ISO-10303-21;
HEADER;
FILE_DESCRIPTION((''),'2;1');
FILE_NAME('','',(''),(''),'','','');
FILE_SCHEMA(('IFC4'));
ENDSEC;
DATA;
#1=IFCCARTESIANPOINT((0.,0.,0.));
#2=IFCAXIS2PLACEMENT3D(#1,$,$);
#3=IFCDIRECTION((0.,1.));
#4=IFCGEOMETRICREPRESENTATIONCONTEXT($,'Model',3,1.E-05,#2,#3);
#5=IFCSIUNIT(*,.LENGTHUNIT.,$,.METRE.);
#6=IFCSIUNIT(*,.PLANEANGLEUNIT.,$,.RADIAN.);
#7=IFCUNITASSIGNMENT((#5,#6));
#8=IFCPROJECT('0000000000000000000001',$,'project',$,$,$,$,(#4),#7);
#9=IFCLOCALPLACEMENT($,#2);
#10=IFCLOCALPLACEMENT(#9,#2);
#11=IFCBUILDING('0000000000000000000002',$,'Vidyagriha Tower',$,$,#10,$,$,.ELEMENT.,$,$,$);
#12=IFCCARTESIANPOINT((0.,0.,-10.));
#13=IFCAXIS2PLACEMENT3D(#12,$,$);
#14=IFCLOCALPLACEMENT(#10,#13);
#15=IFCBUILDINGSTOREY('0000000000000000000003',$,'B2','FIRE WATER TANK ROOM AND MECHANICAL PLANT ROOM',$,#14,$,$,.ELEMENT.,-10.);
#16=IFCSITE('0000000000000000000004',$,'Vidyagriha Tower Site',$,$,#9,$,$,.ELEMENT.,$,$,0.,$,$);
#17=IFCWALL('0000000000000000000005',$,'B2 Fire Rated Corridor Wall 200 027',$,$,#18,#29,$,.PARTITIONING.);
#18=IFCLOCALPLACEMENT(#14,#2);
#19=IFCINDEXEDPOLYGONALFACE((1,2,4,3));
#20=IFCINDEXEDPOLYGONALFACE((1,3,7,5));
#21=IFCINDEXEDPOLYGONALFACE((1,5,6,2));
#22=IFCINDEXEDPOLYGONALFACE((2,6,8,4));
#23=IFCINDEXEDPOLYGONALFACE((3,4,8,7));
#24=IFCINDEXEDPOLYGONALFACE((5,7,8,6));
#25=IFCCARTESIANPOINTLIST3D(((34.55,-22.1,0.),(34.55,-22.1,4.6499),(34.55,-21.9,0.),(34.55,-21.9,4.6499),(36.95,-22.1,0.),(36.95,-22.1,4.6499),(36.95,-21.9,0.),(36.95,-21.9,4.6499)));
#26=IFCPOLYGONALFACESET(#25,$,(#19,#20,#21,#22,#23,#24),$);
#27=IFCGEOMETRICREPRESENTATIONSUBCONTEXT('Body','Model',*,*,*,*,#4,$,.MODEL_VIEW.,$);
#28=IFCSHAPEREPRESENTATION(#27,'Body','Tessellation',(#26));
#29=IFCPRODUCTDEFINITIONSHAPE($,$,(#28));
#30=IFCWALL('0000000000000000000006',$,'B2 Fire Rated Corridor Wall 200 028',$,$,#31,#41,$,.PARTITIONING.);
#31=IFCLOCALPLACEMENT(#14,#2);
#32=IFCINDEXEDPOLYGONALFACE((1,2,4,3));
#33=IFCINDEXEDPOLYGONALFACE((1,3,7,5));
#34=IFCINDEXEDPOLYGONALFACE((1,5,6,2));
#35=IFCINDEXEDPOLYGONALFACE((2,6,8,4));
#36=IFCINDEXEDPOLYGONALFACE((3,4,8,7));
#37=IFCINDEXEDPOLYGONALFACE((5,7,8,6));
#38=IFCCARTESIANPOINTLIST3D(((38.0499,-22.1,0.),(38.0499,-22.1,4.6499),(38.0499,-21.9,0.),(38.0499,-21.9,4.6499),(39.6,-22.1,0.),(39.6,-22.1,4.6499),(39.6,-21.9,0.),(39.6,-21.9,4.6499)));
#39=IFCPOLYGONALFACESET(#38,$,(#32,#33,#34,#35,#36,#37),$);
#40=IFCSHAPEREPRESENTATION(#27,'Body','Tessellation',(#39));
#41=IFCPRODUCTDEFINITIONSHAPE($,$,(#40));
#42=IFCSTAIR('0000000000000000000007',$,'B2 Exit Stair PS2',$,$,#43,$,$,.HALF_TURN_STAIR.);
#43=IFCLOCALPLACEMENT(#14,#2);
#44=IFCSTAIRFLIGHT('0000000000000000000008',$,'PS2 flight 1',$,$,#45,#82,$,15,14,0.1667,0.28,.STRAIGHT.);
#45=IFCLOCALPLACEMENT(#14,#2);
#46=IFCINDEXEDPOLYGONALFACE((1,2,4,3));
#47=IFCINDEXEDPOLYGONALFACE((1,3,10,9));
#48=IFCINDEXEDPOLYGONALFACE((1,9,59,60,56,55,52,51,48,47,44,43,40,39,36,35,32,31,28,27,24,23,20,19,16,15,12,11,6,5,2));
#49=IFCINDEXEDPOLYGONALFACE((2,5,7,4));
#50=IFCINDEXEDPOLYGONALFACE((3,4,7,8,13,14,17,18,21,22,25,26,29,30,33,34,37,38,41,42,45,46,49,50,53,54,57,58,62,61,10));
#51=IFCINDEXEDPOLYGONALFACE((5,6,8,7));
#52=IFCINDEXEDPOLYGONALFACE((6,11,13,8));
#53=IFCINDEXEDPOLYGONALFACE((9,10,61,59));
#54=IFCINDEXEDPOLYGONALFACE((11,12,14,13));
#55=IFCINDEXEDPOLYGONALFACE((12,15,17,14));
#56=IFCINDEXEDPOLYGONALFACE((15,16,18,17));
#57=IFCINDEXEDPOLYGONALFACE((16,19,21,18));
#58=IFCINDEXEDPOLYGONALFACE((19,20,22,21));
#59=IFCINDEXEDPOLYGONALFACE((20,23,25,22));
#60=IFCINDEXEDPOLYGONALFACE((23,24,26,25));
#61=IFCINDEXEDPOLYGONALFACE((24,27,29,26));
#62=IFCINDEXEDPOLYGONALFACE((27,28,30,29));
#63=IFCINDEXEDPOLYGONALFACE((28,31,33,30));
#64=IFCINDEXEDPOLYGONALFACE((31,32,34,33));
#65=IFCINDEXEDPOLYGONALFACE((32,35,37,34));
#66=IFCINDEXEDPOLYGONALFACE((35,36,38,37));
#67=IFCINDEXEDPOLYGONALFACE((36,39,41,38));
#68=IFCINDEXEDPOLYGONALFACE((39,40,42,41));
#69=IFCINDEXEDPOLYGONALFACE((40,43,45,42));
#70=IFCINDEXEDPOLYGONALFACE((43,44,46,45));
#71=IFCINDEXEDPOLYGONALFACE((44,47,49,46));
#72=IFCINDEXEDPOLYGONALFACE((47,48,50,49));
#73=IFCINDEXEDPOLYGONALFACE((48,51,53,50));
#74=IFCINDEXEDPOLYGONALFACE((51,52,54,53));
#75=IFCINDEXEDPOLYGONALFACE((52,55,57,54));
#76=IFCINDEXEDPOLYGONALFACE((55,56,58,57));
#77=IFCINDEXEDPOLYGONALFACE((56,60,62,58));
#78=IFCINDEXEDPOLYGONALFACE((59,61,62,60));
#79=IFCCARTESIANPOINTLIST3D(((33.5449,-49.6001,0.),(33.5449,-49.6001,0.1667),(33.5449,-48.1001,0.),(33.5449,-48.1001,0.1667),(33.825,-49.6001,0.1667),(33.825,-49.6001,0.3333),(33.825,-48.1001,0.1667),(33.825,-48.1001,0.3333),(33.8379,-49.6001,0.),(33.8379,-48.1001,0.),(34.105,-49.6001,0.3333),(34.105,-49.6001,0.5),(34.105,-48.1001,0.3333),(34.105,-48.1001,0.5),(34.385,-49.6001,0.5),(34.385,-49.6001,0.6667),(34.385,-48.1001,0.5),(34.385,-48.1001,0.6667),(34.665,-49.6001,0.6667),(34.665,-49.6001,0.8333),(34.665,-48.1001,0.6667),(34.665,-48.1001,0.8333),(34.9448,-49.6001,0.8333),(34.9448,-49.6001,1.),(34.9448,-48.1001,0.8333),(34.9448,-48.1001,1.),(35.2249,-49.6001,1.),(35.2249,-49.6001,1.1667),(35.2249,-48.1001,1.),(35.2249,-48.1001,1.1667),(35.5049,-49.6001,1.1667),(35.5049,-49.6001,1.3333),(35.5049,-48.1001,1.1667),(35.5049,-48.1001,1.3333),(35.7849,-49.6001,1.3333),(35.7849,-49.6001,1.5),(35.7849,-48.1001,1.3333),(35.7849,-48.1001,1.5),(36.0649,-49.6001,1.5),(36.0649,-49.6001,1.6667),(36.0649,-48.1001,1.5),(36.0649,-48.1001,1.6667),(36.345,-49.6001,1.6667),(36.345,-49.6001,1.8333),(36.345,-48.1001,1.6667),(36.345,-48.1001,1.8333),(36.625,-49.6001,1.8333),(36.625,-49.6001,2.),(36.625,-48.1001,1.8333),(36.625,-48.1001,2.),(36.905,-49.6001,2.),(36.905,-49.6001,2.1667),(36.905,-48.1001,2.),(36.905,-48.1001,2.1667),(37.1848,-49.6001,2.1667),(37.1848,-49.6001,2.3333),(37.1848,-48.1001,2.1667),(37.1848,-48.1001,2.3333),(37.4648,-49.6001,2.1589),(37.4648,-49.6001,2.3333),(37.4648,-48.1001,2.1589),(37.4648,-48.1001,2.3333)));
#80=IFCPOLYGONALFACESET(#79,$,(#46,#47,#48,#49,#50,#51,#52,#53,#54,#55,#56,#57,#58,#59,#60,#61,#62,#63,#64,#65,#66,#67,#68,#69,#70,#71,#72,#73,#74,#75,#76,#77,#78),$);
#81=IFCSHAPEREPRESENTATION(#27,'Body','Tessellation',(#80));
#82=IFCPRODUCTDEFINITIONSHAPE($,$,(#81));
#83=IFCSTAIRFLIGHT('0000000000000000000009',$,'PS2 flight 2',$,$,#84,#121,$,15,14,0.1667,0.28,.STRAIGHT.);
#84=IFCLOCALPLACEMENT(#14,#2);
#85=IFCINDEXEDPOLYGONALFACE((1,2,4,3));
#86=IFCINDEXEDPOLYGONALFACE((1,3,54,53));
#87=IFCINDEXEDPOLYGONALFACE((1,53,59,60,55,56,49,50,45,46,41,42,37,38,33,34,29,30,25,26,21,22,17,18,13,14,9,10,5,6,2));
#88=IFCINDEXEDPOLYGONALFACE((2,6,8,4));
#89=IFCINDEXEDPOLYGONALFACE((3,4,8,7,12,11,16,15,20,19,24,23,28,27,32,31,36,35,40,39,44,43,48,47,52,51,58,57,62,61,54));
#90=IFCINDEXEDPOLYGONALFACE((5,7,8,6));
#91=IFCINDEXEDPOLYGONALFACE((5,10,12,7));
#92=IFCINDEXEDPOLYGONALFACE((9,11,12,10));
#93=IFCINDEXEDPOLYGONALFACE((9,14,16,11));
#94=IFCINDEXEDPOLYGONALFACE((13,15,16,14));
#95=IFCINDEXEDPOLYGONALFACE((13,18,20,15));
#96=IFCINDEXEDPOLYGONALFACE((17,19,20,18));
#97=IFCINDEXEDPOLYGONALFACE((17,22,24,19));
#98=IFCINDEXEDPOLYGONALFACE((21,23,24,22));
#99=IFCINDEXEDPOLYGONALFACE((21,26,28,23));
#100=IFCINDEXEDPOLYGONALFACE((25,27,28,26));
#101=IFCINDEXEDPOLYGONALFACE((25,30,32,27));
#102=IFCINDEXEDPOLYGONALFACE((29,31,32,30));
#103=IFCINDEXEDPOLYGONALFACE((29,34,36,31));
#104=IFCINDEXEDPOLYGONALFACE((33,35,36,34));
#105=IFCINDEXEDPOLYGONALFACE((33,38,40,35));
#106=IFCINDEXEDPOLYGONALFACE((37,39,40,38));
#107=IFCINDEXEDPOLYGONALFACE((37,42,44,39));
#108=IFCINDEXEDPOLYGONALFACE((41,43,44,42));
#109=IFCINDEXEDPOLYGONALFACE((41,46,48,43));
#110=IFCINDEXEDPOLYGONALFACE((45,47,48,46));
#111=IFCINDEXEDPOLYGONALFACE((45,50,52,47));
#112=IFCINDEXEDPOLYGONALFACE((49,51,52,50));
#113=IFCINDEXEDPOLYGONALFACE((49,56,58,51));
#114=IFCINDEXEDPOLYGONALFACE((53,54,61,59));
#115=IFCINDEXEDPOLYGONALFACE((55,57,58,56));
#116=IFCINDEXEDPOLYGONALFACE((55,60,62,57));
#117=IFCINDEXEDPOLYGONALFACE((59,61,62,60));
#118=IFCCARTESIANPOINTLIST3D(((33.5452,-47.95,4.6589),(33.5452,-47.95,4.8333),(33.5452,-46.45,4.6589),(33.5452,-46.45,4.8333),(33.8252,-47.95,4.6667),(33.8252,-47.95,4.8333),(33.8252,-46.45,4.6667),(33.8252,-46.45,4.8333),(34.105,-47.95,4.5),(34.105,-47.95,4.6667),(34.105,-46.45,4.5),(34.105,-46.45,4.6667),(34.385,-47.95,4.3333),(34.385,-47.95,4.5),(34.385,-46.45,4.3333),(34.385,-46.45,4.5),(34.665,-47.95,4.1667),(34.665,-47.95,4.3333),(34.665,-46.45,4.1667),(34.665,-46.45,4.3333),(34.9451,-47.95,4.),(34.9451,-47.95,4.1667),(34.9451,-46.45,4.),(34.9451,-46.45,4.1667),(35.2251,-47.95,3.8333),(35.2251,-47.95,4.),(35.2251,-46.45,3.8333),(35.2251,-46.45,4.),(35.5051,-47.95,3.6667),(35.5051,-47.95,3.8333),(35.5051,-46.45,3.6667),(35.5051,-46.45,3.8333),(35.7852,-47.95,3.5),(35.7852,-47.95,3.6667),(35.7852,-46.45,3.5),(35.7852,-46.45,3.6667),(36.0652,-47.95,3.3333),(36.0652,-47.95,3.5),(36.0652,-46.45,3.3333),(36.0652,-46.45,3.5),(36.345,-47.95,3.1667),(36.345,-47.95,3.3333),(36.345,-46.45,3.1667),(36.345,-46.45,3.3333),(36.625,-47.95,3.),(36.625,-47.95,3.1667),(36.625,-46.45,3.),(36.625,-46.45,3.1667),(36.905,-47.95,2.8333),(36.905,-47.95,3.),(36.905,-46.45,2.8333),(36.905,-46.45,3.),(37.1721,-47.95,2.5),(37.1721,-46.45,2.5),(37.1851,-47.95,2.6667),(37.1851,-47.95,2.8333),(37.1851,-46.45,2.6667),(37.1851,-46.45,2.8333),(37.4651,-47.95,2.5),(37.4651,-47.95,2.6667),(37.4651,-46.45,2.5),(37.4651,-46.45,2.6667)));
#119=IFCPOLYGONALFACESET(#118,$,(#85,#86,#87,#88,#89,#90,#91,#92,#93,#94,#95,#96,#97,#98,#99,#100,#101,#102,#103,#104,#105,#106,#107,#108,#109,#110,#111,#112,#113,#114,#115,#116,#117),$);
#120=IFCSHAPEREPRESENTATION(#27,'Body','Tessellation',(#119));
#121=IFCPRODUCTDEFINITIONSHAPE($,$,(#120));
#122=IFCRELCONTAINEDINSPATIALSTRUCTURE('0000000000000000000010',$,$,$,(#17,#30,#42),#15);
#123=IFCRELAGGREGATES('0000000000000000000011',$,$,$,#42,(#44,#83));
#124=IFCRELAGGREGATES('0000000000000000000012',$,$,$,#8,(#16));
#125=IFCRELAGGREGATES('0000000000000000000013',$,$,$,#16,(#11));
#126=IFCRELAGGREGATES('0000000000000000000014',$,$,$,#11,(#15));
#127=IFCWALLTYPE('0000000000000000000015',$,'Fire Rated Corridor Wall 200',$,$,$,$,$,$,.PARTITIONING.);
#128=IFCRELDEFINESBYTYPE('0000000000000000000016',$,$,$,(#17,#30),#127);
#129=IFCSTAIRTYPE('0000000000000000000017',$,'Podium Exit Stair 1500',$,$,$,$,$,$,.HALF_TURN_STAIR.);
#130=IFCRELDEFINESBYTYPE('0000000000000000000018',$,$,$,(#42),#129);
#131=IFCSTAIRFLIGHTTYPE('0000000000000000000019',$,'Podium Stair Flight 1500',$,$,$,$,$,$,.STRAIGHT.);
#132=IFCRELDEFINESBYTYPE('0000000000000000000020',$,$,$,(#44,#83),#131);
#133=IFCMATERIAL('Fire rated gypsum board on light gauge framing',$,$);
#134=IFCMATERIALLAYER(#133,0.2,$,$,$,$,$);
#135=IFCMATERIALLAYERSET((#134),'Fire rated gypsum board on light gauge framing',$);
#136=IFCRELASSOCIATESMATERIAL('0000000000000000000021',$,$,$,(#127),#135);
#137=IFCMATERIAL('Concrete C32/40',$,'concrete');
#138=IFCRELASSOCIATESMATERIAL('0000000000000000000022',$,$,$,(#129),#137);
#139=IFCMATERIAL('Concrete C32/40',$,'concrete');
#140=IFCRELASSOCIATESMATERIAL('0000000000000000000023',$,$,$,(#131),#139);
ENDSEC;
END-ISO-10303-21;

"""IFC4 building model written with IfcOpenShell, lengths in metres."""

from ifc_helpers import new_model, si_unit, direction, frame, frame_2d, origin, place, context, subcontext, project, spatial, polyline, rectangle, outline, extrude, material, layer, layer_set, type_object, element, aggregate, save


model = new_model("IFC4")

# Units and contexts
model_context = context("Model", 3, precision=1e-05, world=origin(), true_north=direction((0.0, 1.0)))
body_context = subcontext(model_context, "Body", "Model", "MODEL_VIEW")
ifc_project = project(units=[si_unit("LENGTHUNIT", "METRE"), si_unit("PLANEANGLEUNIT", "RADIAN")], contexts=[model_context])

# Site, building, storey
site_placement = place(None, origin())
site = spatial("IfcSite", under=ifc_project, at=site_placement, Name="Vidyagriha Tower Site", CompositionType="ELEMENT", RefElevation=0.0)
building_placement = place(site_placement, origin())
building = spatial("IfcBuilding", under=site, at=building_placement, Name="Vidyagriha Tower", CompositionType="ELEMENT")
storey_placement = place(building_placement, frame((0.0, 0.0, -10.0)))
storey = spatial("IfcBuildingStorey", under=building, at=storey_placement, Name="B2", Description="FIRE WATER TANK ROOM AND MECHANICAL PLANT ROOM", CompositionType="ELEMENT", Elevation=-10.0)

# Walls
ifc_material_1 = material(Name="Fire rated gypsum board on light gauge framing")
ifc_layer_1 = layer(ifc_material_1, 0.2)
ifc_layer_set_1 = layer_set([ifc_layer_1], Name="Fire rated gypsum board on light gauge framing")
wall_type_1 = type_object("IfcWallType", Name="Fire Rated Corridor Wall 200", PredefinedType="PARTITIONING", material=ifc_layer_set_1)
wall_1_placement = place(storey_placement, frame((34.55, -22.0, 0.0)))
element("IfcWall", 1, at=wall_1_placement, inside=storey, type_object=wall_type_1, Name="B2 Fire Rated Corridor Wall 200 027", PredefinedType="PARTITIONING", context=body_context, shape_type="SweptSolid", body=[
    extrude(rectangle(XDim=2.3999, YDim=0.2, at=frame_2d((1.2, 0.0))), origin(), (0.0, 0.0, 1.0), 4.6499),
])
wall_2_placement = place(storey_placement, frame((38.05, -22.0, 0.0)))
element("IfcWall", 2, at=wall_2_placement, inside=storey, type_object=wall_type_1, Name="B2 Fire Rated Corridor Wall 200 028", PredefinedType="PARTITIONING", context=body_context, shape_type="SweptSolid", body=[
    extrude(rectangle(XDim=1.55, YDim=0.2, at=frame_2d((0.7749, 0.0))), origin(), (0.0, 0.0, 1.0), 4.6499),
])

# Stair, stair flights
ifc_material_2 = material(Name="Concrete C32/40", Category="concrete")
stair_type = type_object("IfcStairType", Name="Podium Exit Stair 1500", PredefinedType="HALF_TURN_STAIR", material=ifc_material_2)
stair_placement = place(storey_placement, origin())
stair = element("IfcStair", 3, at=stair_placement, inside=storey, type_object=stair_type, Name="B2 Exit Stair PS2", PredefinedType="HALF_TURN_STAIR")
ifc_material_3 = material(Name="Concrete C32/40", Category="concrete")
stair_flight_type = type_object("IfcStairFlightType", Name="Podium Stair Flight 1500", PredefinedType="STRAIGHT", material=ifc_material_3)
stair_flight_1_placement = place(storey_placement, frame((33.5449, -48.8501, 0.0)))
stair_flight_1 = element("IfcStairFlight", 4, at=stair_flight_1_placement, type_object=stair_flight_type, Name="PS2 flight 1", NumberOfRisers=15, NumberOfTreads=14, PredefinedType="STRAIGHT", RiserHeight=0.1667, TreadLength=0.28, context=body_context, shape_type="SweptSolid", body=[
    extrude(outline(polyline([(0.0, 0.0), (0.0, 0.1667), (0.28, 0.1667), (0.28, 0.3333), (0.5601, 0.3333), (0.5601, 0.5), (0.8401, 0.5), (0.8401, 0.6667), (1.1201, 0.6667), (1.1201, 0.8333), (1.3999, 0.8333), (1.3999, 1.0), (1.6799, 1.0), (1.6799, 1.1667), (1.96, 1.1667), (1.96, 1.3333), (2.24, 1.3333), (2.24, 1.5), (2.52, 1.5), (2.52, 1.6667), (2.8, 1.6667), (2.8, 1.8333), (3.0801, 1.8333), (3.0801, 2.0), (3.3601, 2.0), (3.3601, 2.1667), (3.6399, 2.1667), (3.6399, 2.3333), (3.9199, 2.3333), (3.9199, 2.5), (3.9199, 2.1589), (0.293, 0.0), (0.0, 0.0)])), frame((0.0, 0.75, 0.0), z_axis=(0.0, -1.0, 0.0), x_axis=(1.0, 0.0, 0.0)), (0.0, 0.0, 1.0), 1.5),
])
stair_flight_2_placement = place(storey_placement, frame((37.4651, -47.2, 2.5), z_axis=(0.0, 0.0, 1.0), x_axis=(-1.0, 0.0, 0.0)))
stair_flight_2 = element("IfcStairFlight", 5, at=stair_flight_2_placement, type_object=stair_flight_type, Name="PS2 flight 2", NumberOfRisers=15, NumberOfTreads=14, PredefinedType="STRAIGHT", RiserHeight=0.1667, TreadLength=0.28, context=body_context, shape_type="SweptSolid", body=[
    extrude(outline(polyline([(0.0, 0.0), (0.0, 0.1667), (0.28, 0.1667), (0.28, 0.3333), (0.5601, 0.3333), (0.5601, 0.5), (0.8401, 0.5), (0.8401, 0.6667), (1.1201, 0.6667), (1.1201, 0.8333), (1.3999, 0.8333), (1.3999, 1.0), (1.6799, 1.0), (1.6799, 1.1667), (1.96, 1.1667), (1.96, 1.3333), (2.24, 1.3333), (2.24, 1.5), (2.52, 1.5), (2.52, 1.6667), (2.8, 1.6667), (2.8, 1.8333), (3.0801, 1.8333), (3.0801, 2.0), (3.3601, 2.0), (3.3601, 2.1667), (3.6399, 2.1667), (3.6399, 2.3333), (3.9199, 2.3333), (3.9199, 2.5), (3.9199, 2.1589), (0.293, 0.0), (0.0, 0.0)])), frame((0.0, 0.75, 0.0), z_axis=(0.0, -1.0, 0.0), x_axis=(1.0, 0.0, 0.0)), (0.0, 0.0, 1.0), 1.5),
])
aggregate(stair, [stair_flight_1, stair_flight_2])

save(model, "model.ifc")
